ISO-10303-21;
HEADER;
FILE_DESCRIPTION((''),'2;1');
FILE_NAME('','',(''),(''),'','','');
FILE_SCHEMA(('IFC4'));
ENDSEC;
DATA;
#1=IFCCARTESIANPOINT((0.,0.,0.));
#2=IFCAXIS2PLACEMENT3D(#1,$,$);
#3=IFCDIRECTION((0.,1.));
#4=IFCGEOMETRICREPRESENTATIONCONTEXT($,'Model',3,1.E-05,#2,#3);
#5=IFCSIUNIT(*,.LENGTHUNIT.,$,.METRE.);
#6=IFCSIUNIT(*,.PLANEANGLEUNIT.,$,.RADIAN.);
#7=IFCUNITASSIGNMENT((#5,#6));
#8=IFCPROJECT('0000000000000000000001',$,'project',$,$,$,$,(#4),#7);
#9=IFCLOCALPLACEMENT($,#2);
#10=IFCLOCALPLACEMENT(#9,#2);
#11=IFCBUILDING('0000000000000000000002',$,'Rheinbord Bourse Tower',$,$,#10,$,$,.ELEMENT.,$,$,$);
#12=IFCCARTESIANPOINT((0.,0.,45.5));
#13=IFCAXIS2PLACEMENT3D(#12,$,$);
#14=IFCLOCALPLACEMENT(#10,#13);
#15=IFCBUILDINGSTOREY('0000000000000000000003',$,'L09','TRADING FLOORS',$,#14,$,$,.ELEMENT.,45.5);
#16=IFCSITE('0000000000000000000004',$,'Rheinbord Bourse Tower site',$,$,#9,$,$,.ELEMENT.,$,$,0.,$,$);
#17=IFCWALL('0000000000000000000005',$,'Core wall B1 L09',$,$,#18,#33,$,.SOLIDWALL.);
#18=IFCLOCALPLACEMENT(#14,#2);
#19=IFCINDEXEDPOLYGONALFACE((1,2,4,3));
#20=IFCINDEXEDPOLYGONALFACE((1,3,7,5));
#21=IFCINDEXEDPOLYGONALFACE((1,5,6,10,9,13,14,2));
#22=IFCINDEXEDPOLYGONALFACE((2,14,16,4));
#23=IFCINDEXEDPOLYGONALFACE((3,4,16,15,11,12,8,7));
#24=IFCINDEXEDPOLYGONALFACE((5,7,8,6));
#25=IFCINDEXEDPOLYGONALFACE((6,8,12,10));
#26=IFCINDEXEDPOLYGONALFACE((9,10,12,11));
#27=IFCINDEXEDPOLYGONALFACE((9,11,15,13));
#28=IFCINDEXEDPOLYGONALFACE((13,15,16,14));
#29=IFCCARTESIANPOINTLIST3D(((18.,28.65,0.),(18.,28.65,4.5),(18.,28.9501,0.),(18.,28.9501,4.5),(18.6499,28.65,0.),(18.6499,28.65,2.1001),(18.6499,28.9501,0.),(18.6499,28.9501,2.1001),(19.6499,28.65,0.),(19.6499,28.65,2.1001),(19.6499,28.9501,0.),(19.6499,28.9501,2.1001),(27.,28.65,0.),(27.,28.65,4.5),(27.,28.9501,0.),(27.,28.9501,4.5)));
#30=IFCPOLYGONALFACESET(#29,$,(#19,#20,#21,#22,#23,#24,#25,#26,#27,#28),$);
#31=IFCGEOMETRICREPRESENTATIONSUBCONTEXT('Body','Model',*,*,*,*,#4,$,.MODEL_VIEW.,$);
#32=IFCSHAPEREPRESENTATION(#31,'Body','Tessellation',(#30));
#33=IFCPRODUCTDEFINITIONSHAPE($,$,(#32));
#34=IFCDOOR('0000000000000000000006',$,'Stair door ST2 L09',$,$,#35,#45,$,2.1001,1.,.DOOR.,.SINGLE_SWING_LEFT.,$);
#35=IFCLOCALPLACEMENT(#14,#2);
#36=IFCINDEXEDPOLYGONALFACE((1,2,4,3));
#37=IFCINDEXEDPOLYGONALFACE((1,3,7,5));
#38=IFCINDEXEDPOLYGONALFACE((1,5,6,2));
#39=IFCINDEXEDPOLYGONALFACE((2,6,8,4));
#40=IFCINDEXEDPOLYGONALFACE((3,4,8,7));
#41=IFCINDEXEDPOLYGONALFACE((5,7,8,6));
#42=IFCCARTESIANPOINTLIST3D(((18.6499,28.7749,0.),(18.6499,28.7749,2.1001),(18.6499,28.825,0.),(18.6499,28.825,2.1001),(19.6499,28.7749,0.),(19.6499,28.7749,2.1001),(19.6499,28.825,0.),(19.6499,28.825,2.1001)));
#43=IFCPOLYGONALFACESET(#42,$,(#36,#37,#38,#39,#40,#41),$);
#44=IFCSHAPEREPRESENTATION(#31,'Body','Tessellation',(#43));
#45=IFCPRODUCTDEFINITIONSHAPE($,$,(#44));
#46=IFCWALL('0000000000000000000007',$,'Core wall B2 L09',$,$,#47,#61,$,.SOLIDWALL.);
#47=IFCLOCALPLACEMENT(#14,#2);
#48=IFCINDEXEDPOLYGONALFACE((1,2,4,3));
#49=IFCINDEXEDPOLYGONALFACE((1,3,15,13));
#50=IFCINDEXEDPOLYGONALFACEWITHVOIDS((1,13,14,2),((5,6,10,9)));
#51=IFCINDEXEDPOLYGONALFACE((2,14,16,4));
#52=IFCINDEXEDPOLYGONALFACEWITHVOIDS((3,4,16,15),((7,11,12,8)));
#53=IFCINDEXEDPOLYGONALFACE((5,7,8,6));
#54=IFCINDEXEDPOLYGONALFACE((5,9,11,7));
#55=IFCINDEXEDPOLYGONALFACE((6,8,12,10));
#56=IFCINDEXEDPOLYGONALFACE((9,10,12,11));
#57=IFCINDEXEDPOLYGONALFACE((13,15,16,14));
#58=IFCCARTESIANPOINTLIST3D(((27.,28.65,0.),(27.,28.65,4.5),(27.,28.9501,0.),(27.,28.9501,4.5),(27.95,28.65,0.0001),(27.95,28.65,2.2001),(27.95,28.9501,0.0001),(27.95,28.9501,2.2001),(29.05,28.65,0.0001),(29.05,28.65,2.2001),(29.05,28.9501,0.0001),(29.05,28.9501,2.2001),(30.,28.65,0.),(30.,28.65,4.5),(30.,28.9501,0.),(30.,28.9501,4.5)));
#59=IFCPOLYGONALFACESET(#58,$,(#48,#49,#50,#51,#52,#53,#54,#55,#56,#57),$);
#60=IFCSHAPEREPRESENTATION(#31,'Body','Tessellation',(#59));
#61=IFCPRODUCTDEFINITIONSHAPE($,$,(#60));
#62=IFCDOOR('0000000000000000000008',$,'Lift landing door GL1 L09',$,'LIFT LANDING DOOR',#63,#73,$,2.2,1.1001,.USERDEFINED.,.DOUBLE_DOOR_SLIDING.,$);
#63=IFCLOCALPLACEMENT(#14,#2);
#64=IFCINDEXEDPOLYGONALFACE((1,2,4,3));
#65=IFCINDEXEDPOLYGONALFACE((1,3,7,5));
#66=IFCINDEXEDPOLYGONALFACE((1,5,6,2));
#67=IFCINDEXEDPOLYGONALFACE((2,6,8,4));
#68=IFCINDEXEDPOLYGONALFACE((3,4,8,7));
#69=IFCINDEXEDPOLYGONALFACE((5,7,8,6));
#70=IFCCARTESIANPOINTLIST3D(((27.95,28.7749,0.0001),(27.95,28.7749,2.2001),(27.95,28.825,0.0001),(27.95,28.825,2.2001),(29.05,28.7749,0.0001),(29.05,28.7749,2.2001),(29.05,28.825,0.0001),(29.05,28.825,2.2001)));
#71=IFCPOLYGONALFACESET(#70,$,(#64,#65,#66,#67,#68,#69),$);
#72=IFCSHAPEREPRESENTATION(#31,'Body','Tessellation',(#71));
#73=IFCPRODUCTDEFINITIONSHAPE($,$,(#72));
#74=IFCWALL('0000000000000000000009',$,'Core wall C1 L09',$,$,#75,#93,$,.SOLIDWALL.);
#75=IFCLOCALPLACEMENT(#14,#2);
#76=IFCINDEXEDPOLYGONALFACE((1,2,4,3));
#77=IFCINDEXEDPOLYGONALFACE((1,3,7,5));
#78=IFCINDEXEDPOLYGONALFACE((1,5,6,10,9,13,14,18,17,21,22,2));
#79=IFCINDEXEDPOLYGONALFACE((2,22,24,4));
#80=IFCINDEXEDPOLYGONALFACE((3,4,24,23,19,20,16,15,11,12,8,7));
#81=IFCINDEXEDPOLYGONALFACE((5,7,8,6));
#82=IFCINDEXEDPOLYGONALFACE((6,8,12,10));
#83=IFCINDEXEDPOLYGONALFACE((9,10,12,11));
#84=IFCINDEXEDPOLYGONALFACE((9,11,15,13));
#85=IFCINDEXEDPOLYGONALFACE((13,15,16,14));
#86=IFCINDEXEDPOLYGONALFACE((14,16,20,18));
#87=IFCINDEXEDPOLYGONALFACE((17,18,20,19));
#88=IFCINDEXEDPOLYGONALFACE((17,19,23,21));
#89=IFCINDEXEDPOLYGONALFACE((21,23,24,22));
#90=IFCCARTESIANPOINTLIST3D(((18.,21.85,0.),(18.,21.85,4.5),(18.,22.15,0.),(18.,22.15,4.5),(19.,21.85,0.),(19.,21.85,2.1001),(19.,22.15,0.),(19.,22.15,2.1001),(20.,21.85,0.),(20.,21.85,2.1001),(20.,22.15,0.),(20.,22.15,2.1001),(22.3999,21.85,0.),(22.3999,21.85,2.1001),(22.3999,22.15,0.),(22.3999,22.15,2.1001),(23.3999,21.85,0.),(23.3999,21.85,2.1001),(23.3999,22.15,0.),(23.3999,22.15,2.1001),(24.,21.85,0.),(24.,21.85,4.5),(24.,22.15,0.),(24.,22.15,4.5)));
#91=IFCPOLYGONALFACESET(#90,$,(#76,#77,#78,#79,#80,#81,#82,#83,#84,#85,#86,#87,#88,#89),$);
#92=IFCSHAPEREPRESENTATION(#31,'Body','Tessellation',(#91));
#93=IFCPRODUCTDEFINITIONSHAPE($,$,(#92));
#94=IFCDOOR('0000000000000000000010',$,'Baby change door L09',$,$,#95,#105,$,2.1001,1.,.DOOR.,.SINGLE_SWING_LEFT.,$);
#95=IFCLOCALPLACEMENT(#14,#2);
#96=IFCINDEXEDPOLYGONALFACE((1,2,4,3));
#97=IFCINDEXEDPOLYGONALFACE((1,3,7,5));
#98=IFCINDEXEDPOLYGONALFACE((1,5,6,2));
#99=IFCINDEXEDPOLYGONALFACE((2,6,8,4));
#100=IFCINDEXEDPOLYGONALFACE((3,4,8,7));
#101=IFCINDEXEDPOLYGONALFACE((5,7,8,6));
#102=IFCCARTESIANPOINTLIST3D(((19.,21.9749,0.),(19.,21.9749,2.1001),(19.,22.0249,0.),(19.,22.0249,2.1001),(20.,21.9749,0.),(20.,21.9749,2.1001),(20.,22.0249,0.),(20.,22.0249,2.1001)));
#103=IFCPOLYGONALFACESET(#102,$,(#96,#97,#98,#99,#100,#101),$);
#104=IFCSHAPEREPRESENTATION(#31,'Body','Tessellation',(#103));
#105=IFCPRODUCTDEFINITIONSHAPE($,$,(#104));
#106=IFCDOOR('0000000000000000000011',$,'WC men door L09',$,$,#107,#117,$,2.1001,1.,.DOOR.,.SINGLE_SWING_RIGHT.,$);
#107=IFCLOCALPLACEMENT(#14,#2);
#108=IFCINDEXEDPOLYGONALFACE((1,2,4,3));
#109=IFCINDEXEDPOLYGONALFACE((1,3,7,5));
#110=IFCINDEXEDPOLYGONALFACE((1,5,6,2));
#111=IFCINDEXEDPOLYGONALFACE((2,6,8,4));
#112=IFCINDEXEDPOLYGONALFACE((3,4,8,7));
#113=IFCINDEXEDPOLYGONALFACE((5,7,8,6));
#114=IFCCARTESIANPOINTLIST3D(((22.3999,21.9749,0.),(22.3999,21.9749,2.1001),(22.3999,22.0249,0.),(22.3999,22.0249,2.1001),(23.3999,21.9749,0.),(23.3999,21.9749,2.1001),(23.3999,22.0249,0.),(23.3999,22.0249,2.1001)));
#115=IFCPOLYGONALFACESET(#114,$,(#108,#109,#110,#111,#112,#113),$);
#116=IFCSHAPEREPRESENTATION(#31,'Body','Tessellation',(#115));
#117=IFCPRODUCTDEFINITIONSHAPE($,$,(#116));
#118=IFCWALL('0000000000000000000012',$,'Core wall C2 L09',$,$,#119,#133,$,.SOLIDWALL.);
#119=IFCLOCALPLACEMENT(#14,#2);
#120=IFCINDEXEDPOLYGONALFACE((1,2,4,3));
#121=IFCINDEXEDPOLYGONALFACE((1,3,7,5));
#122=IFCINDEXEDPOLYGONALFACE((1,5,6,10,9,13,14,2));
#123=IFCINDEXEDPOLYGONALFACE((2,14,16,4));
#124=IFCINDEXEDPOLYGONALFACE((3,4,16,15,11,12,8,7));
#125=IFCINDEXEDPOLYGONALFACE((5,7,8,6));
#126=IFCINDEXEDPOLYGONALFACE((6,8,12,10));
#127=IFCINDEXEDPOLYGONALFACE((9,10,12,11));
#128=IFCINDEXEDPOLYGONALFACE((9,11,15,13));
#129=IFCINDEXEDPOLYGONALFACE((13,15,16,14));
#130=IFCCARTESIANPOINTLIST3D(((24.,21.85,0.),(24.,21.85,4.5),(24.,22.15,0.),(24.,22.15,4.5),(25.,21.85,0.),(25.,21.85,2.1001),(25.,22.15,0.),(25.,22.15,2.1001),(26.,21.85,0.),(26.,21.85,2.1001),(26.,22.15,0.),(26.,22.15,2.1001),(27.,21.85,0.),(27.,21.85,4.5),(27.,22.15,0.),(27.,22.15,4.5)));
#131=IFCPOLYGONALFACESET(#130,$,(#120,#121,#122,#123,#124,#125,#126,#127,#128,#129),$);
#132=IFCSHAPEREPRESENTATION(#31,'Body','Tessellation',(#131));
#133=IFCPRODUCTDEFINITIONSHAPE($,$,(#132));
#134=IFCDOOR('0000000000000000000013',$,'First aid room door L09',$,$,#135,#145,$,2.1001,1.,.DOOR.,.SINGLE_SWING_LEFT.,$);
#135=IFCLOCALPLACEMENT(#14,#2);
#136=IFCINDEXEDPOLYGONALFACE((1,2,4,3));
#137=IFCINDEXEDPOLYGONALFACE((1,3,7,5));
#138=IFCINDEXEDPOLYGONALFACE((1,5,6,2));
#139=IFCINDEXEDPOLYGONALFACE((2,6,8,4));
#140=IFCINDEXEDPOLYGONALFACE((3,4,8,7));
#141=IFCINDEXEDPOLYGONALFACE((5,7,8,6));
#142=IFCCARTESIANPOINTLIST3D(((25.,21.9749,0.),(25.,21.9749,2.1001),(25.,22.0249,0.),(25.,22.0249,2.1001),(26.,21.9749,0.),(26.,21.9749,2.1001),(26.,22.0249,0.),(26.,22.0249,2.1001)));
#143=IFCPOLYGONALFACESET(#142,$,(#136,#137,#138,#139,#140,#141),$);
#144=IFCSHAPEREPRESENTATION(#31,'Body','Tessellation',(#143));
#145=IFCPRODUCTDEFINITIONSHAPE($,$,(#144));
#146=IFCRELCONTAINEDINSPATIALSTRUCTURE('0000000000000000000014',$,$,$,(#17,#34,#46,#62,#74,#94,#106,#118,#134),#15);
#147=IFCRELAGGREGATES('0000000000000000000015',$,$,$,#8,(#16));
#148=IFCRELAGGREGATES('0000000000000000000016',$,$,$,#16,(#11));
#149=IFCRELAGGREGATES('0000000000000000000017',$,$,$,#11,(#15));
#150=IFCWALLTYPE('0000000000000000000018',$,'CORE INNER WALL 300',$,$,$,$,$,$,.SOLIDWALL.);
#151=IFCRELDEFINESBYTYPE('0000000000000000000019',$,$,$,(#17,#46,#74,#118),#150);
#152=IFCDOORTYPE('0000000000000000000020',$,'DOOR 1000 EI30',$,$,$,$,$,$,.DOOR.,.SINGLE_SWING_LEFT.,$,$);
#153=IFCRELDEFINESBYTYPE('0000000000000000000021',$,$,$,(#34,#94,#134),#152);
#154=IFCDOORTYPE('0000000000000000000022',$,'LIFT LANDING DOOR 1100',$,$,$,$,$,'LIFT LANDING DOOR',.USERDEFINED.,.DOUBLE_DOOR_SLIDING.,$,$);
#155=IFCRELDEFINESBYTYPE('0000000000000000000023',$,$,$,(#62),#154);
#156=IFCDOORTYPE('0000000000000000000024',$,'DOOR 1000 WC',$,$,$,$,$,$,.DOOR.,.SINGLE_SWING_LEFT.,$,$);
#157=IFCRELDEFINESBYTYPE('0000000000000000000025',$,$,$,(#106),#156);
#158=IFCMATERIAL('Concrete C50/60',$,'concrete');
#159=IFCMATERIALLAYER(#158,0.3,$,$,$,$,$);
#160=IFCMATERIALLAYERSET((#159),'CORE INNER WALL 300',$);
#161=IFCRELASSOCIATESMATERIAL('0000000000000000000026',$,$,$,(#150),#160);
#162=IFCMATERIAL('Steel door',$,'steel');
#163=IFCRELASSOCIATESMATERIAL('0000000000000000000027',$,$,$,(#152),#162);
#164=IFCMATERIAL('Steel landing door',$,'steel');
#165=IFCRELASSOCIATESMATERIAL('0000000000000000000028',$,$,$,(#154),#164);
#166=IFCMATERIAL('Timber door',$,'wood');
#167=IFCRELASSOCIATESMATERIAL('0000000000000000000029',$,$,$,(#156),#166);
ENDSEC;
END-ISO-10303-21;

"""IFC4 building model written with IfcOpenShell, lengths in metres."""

from ifc_helpers import new_model, si_unit, direction, frame, frame_2d, origin, place, context, subcontext, project, spatial, rectangle, extrude, material, layer, layer_set, type_object, element, fill, save


model = new_model("IFC4")

# Units and contexts
model_context = context("Model", 3, precision=1e-05, world=origin(), true_north=direction((0.0, 1.0)))
body_context = subcontext(model_context, "Body", "Model", "MODEL_VIEW")
ifc_project = project(units=[si_unit("LENGTHUNIT", "METRE"), si_unit("PLANEANGLEUNIT", "RADIAN")], contexts=[model_context])

# Site, building, storey
site_placement = place(None, origin())
site = spatial("IfcSite", under=ifc_project, at=site_placement, Name="Rheinbord Bourse Tower site", CompositionType="ELEMENT", RefElevation=0.0)
building_placement = place(site_placement, origin())
building = spatial("IfcBuilding", under=site, at=building_placement, Name="Rheinbord Bourse Tower", CompositionType="ELEMENT")
storey_placement = place(building_placement, frame((0.0, 0.0, 45.5)))
storey = spatial("IfcBuildingStorey", under=building, at=storey_placement, Name="L09", Description="TRADING FLOORS", CompositionType="ELEMENT", Elevation=45.5)

# Walls, openings, doors
ifc_material_1 = material(Name="Concrete C50/60", Category="concrete")
ifc_layer_1 = layer(ifc_material_1, 0.3)
ifc_layer_set_1 = layer_set([ifc_layer_1], Name="CORE INNER WALL 300")
wall_type_1 = type_object("IfcWallType", Name="CORE INNER WALL 300", PredefinedType="SOLIDWALL", material=ifc_layer_set_1)
wall_1_placement = place(storey_placement, frame((18.0, 28.8, 0.0), z_axis=(0.0, 0.0, 1.0), x_axis=(1.0, 0.0, 0.0)))
wall_1 = element("IfcWall", 1, at=wall_1_placement, inside=storey, type_object=wall_type_1, Name="Core wall B1 L09", PredefinedType="SOLIDWALL", context=body_context, shape_type="SweptSolid", body=[
    extrude(rectangle(XDim=9.0, YDim=0.3, at=frame_2d((4.5, 0.0))), origin(), (0.0, 0.0, 1.0), 4.5),
])
opening_1_placement = place(wall_1_placement, frame((0.6499, 0.0, 0.0)))
opening_1 = element("IfcOpeningElement", 2, at=opening_1_placement, cuts=wall_1, PredefinedType="OPENING", context=body_context, shape_type="SweptSolid", body=[
    extrude(rectangle(XDim=1.0, YDim=2.1001, at=frame_2d((0.5, 1.05))), frame((0.0, 0.1599, 0.0), z_axis=(0.0, -1.0, 0.0), x_axis=(1.0, 0.0, 0.0)), (0.0, 0.0, 1.0), 0.3201),
])
ifc_material_2 = material(Name="Steel door", Category="steel")
door_type_1 = type_object("IfcDoorType", Name="DOOR 1000 EI30", OperationType="SINGLE_SWING_LEFT", PredefinedType="DOOR", material=ifc_material_2)
door_1_placement = place(opening_1_placement, origin())
door_1 = element("IfcDoor", 3, at=door_1_placement, inside=storey, type_object=door_type_1, Name="Stair door ST2 L09", OperationType="SINGLE_SWING_LEFT", OverallHeight=2.1001, OverallWidth=1.0, PredefinedType="DOOR", context=body_context, shape_type="SweptSolid", body=[
    extrude(rectangle(XDim=1.0, YDim=2.1001, at=frame_2d((0.5, 1.05))), frame((0.0, 0.0249, 0.0), z_axis=(0.0, -1.0, 0.0), x_axis=(1.0, 0.0, 0.0)), (0.0, 0.0, 1.0), 0.05),
])
fill(opening_1, door_1)
wall_2_placement = place(storey_placement, frame((27.0, 28.8, 0.0), z_axis=(0.0, 0.0, 1.0), x_axis=(1.0, 0.0, 0.0)))
wall_2 = element("IfcWall", 4, at=wall_2_placement, inside=storey, type_object=wall_type_1, Name="Core wall B2 L09", PredefinedType="SOLIDWALL", context=body_context, shape_type="SweptSolid", body=[
    extrude(rectangle(XDim=3.0, YDim=0.3, at=frame_2d((1.5, 0.0))), origin(), (0.0, 0.0, 1.0), 4.5),
])
opening_2_placement = place(wall_2_placement, frame((0.95, 0.0, 0.0)))
opening_2 = element("IfcOpeningElement", 5, at=opening_2_placement, cuts=wall_2, PredefinedType="OPENING", context=body_context, shape_type="SweptSolid", body=[
    extrude(rectangle(XDim=1.1001, YDim=2.2, at=frame_2d((0.55, 1.1001))), frame((0.0, 0.1599, 0.0), z_axis=(0.0, -1.0, 0.0), x_axis=(1.0, 0.0, 0.0)), (0.0, 0.0, 1.0), 0.3201),
])
ifc_material_3 = material(Name="Steel landing door", Category="steel")
door_type_2 = type_object("IfcDoorType", Name="LIFT LANDING DOOR 1100", ElementType="LIFT LANDING DOOR", OperationType="DOUBLE_DOOR_SLIDING", PredefinedType="USERDEFINED", material=ifc_material_3)
door_2_placement = place(opening_2_placement, origin())
door_2 = element("IfcDoor", 6, at=door_2_placement, inside=storey, type_object=door_type_2, Name="Lift landing door GL1 L09", ObjectType="LIFT LANDING DOOR", OperationType="DOUBLE_DOOR_SLIDING", OverallHeight=2.2, OverallWidth=1.1001, PredefinedType="USERDEFINED", context=body_context, shape_type="SweptSolid", body=[
    extrude(rectangle(XDim=1.1001, YDim=2.2, at=frame_2d((0.55, 1.1001))), frame((0.0, 0.0249, 0.0), z_axis=(0.0, -1.0, 0.0), x_axis=(1.0, 0.0, 0.0)), (0.0, 0.0, 1.0), 0.05),
])
fill(opening_2, door_2)

# Wall, openings, doors
wall_3_placement = place(storey_placement, frame((18.0, 22.0, 0.0), z_axis=(0.0, 0.0, 1.0), x_axis=(1.0, 0.0, 0.0)))
wall_3 = element("IfcWall", 7, at=wall_3_placement, inside=storey, type_object=wall_type_1, Name="Core wall C1 L09", PredefinedType="SOLIDWALL", context=body_context, shape_type="SweptSolid", body=[
    extrude(rectangle(XDim=6.0, YDim=0.3, at=frame_2d((3.0, 0.0))), origin(), (0.0, 0.0, 1.0), 4.5),
])
opening_3_placement = place(wall_3_placement, frame((4.3999, 0.0, 0.0)))
opening_3 = element("IfcOpeningElement", 8, at=opening_3_placement, cuts=wall_3, PredefinedType="OPENING", context=body_context, shape_type="SweptSolid", body=[
    extrude(rectangle(XDim=1.0, YDim=2.1001, at=frame_2d((0.5, 1.05))), frame((0.0, 0.1599, 0.0), z_axis=(0.0, -1.0, 0.0), x_axis=(1.0, 0.0, 0.0)), (0.0, 0.0, 1.0), 0.3201),
])
opening_4_placement = place(wall_3_placement, frame((1.0, 0.0, 0.0)))
opening_4 = element("IfcOpeningElement", 9, at=opening_4_placement, cuts=wall_3, PredefinedType="OPENING", context=body_context, shape_type="SweptSolid", body=[
    extrude(rectangle(XDim=1.0, YDim=2.1001, at=frame_2d((0.5, 1.05))), frame((0.0, 0.1599, 0.0), z_axis=(0.0, -1.0, 0.0), x_axis=(1.0, 0.0, 0.0)), (0.0, 0.0, 1.0), 0.3201),
])
door_3_placement = place(opening_4_placement, origin())
door_3 = element("IfcDoor", 10, at=door_3_placement, inside=storey, type_object=door_type_1, Name="Baby change door L09", OperationType="SINGLE_SWING_LEFT", OverallHeight=2.1001, OverallWidth=1.0, PredefinedType="DOOR", context=body_context, shape_type="SweptSolid", body=[
    extrude(rectangle(XDim=1.0, YDim=2.1001, at=frame_2d((0.5, 1.05))), frame((0.0, 0.0249, 0.0), z_axis=(0.0, -1.0, 0.0), x_axis=(1.0, 0.0, 0.0)), (0.0, 0.0, 1.0), 0.05),
])
fill(opening_4, door_3)
ifc_material_4 = material(Name="Timber door", Category="wood")
door_type_3 = type_object("IfcDoorType", Name="DOOR 1000 WC", OperationType="SINGLE_SWING_LEFT", PredefinedType="DOOR", material=ifc_material_4)
door_4_placement = place(opening_3_placement, origin())
door_4 = element("IfcDoor", 11, at=door_4_placement, inside=storey, type_object=door_type_3, Name="WC men door L09", OperationType="SINGLE_SWING_RIGHT", OverallHeight=2.1001, OverallWidth=1.0, PredefinedType="DOOR", context=body_context, shape_type="SweptSolid", body=[
    extrude(rectangle(XDim=1.0, YDim=2.1001, at=frame_2d((0.5, 1.05))), frame((0.0, 0.0249, 0.0), z_axis=(0.0, -1.0, 0.0), x_axis=(1.0, 0.0, 0.0)), (0.0, 0.0, 1.0), 0.05),
])
fill(opening_3, door_4)

# Wall, opening, door
wall_4_placement = place(storey_placement, frame((24.0, 22.0, 0.0), z_axis=(0.0, 0.0, 1.0), x_axis=(1.0, 0.0, 0.0)))
wall_4 = element("IfcWall", 12, at=wall_4_placement, inside=storey, type_object=wall_type_1, Name="Core wall C2 L09", PredefinedType="SOLIDWALL", context=body_context, shape_type="SweptSolid", body=[
    extrude(rectangle(XDim=3.0, YDim=0.3, at=frame_2d((1.5, 0.0))), origin(), (0.0, 0.0, 1.0), 4.5),
])
opening_5_placement = place(wall_4_placement, frame((1.0, 0.0, 0.0)))
opening_5 = element("IfcOpeningElement", 13, at=opening_5_placement, cuts=wall_4, PredefinedType="OPENING", context=body_context, shape_type="SweptSolid", body=[
    extrude(rectangle(XDim=1.0, YDim=2.1001, at=frame_2d((0.5, 1.05))), frame((0.0, 0.1599, 0.0), z_axis=(0.0, -1.0, 0.0), x_axis=(1.0, 0.0, 0.0)), (0.0, 0.0, 1.0), 0.3201),
])
door_5_placement = place(opening_5_placement, origin())
door_5 = element("IfcDoor", 14, at=door_5_placement, inside=storey, type_object=door_type_1, Name="First aid room door L09", OperationType="SINGLE_SWING_LEFT", OverallHeight=2.1001, OverallWidth=1.0, PredefinedType="DOOR", context=body_context, shape_type="SweptSolid", body=[
    extrude(rectangle(XDim=1.0, YDim=2.1001, at=frame_2d((0.5, 1.05))), frame((0.0, 0.0249, 0.0), z_axis=(0.0, -1.0, 0.0), x_axis=(1.0, 0.0, 0.0)), (0.0, 0.0, 1.0), 0.05),
])
fill(opening_5, door_5)

save(model, "model.ifc")
